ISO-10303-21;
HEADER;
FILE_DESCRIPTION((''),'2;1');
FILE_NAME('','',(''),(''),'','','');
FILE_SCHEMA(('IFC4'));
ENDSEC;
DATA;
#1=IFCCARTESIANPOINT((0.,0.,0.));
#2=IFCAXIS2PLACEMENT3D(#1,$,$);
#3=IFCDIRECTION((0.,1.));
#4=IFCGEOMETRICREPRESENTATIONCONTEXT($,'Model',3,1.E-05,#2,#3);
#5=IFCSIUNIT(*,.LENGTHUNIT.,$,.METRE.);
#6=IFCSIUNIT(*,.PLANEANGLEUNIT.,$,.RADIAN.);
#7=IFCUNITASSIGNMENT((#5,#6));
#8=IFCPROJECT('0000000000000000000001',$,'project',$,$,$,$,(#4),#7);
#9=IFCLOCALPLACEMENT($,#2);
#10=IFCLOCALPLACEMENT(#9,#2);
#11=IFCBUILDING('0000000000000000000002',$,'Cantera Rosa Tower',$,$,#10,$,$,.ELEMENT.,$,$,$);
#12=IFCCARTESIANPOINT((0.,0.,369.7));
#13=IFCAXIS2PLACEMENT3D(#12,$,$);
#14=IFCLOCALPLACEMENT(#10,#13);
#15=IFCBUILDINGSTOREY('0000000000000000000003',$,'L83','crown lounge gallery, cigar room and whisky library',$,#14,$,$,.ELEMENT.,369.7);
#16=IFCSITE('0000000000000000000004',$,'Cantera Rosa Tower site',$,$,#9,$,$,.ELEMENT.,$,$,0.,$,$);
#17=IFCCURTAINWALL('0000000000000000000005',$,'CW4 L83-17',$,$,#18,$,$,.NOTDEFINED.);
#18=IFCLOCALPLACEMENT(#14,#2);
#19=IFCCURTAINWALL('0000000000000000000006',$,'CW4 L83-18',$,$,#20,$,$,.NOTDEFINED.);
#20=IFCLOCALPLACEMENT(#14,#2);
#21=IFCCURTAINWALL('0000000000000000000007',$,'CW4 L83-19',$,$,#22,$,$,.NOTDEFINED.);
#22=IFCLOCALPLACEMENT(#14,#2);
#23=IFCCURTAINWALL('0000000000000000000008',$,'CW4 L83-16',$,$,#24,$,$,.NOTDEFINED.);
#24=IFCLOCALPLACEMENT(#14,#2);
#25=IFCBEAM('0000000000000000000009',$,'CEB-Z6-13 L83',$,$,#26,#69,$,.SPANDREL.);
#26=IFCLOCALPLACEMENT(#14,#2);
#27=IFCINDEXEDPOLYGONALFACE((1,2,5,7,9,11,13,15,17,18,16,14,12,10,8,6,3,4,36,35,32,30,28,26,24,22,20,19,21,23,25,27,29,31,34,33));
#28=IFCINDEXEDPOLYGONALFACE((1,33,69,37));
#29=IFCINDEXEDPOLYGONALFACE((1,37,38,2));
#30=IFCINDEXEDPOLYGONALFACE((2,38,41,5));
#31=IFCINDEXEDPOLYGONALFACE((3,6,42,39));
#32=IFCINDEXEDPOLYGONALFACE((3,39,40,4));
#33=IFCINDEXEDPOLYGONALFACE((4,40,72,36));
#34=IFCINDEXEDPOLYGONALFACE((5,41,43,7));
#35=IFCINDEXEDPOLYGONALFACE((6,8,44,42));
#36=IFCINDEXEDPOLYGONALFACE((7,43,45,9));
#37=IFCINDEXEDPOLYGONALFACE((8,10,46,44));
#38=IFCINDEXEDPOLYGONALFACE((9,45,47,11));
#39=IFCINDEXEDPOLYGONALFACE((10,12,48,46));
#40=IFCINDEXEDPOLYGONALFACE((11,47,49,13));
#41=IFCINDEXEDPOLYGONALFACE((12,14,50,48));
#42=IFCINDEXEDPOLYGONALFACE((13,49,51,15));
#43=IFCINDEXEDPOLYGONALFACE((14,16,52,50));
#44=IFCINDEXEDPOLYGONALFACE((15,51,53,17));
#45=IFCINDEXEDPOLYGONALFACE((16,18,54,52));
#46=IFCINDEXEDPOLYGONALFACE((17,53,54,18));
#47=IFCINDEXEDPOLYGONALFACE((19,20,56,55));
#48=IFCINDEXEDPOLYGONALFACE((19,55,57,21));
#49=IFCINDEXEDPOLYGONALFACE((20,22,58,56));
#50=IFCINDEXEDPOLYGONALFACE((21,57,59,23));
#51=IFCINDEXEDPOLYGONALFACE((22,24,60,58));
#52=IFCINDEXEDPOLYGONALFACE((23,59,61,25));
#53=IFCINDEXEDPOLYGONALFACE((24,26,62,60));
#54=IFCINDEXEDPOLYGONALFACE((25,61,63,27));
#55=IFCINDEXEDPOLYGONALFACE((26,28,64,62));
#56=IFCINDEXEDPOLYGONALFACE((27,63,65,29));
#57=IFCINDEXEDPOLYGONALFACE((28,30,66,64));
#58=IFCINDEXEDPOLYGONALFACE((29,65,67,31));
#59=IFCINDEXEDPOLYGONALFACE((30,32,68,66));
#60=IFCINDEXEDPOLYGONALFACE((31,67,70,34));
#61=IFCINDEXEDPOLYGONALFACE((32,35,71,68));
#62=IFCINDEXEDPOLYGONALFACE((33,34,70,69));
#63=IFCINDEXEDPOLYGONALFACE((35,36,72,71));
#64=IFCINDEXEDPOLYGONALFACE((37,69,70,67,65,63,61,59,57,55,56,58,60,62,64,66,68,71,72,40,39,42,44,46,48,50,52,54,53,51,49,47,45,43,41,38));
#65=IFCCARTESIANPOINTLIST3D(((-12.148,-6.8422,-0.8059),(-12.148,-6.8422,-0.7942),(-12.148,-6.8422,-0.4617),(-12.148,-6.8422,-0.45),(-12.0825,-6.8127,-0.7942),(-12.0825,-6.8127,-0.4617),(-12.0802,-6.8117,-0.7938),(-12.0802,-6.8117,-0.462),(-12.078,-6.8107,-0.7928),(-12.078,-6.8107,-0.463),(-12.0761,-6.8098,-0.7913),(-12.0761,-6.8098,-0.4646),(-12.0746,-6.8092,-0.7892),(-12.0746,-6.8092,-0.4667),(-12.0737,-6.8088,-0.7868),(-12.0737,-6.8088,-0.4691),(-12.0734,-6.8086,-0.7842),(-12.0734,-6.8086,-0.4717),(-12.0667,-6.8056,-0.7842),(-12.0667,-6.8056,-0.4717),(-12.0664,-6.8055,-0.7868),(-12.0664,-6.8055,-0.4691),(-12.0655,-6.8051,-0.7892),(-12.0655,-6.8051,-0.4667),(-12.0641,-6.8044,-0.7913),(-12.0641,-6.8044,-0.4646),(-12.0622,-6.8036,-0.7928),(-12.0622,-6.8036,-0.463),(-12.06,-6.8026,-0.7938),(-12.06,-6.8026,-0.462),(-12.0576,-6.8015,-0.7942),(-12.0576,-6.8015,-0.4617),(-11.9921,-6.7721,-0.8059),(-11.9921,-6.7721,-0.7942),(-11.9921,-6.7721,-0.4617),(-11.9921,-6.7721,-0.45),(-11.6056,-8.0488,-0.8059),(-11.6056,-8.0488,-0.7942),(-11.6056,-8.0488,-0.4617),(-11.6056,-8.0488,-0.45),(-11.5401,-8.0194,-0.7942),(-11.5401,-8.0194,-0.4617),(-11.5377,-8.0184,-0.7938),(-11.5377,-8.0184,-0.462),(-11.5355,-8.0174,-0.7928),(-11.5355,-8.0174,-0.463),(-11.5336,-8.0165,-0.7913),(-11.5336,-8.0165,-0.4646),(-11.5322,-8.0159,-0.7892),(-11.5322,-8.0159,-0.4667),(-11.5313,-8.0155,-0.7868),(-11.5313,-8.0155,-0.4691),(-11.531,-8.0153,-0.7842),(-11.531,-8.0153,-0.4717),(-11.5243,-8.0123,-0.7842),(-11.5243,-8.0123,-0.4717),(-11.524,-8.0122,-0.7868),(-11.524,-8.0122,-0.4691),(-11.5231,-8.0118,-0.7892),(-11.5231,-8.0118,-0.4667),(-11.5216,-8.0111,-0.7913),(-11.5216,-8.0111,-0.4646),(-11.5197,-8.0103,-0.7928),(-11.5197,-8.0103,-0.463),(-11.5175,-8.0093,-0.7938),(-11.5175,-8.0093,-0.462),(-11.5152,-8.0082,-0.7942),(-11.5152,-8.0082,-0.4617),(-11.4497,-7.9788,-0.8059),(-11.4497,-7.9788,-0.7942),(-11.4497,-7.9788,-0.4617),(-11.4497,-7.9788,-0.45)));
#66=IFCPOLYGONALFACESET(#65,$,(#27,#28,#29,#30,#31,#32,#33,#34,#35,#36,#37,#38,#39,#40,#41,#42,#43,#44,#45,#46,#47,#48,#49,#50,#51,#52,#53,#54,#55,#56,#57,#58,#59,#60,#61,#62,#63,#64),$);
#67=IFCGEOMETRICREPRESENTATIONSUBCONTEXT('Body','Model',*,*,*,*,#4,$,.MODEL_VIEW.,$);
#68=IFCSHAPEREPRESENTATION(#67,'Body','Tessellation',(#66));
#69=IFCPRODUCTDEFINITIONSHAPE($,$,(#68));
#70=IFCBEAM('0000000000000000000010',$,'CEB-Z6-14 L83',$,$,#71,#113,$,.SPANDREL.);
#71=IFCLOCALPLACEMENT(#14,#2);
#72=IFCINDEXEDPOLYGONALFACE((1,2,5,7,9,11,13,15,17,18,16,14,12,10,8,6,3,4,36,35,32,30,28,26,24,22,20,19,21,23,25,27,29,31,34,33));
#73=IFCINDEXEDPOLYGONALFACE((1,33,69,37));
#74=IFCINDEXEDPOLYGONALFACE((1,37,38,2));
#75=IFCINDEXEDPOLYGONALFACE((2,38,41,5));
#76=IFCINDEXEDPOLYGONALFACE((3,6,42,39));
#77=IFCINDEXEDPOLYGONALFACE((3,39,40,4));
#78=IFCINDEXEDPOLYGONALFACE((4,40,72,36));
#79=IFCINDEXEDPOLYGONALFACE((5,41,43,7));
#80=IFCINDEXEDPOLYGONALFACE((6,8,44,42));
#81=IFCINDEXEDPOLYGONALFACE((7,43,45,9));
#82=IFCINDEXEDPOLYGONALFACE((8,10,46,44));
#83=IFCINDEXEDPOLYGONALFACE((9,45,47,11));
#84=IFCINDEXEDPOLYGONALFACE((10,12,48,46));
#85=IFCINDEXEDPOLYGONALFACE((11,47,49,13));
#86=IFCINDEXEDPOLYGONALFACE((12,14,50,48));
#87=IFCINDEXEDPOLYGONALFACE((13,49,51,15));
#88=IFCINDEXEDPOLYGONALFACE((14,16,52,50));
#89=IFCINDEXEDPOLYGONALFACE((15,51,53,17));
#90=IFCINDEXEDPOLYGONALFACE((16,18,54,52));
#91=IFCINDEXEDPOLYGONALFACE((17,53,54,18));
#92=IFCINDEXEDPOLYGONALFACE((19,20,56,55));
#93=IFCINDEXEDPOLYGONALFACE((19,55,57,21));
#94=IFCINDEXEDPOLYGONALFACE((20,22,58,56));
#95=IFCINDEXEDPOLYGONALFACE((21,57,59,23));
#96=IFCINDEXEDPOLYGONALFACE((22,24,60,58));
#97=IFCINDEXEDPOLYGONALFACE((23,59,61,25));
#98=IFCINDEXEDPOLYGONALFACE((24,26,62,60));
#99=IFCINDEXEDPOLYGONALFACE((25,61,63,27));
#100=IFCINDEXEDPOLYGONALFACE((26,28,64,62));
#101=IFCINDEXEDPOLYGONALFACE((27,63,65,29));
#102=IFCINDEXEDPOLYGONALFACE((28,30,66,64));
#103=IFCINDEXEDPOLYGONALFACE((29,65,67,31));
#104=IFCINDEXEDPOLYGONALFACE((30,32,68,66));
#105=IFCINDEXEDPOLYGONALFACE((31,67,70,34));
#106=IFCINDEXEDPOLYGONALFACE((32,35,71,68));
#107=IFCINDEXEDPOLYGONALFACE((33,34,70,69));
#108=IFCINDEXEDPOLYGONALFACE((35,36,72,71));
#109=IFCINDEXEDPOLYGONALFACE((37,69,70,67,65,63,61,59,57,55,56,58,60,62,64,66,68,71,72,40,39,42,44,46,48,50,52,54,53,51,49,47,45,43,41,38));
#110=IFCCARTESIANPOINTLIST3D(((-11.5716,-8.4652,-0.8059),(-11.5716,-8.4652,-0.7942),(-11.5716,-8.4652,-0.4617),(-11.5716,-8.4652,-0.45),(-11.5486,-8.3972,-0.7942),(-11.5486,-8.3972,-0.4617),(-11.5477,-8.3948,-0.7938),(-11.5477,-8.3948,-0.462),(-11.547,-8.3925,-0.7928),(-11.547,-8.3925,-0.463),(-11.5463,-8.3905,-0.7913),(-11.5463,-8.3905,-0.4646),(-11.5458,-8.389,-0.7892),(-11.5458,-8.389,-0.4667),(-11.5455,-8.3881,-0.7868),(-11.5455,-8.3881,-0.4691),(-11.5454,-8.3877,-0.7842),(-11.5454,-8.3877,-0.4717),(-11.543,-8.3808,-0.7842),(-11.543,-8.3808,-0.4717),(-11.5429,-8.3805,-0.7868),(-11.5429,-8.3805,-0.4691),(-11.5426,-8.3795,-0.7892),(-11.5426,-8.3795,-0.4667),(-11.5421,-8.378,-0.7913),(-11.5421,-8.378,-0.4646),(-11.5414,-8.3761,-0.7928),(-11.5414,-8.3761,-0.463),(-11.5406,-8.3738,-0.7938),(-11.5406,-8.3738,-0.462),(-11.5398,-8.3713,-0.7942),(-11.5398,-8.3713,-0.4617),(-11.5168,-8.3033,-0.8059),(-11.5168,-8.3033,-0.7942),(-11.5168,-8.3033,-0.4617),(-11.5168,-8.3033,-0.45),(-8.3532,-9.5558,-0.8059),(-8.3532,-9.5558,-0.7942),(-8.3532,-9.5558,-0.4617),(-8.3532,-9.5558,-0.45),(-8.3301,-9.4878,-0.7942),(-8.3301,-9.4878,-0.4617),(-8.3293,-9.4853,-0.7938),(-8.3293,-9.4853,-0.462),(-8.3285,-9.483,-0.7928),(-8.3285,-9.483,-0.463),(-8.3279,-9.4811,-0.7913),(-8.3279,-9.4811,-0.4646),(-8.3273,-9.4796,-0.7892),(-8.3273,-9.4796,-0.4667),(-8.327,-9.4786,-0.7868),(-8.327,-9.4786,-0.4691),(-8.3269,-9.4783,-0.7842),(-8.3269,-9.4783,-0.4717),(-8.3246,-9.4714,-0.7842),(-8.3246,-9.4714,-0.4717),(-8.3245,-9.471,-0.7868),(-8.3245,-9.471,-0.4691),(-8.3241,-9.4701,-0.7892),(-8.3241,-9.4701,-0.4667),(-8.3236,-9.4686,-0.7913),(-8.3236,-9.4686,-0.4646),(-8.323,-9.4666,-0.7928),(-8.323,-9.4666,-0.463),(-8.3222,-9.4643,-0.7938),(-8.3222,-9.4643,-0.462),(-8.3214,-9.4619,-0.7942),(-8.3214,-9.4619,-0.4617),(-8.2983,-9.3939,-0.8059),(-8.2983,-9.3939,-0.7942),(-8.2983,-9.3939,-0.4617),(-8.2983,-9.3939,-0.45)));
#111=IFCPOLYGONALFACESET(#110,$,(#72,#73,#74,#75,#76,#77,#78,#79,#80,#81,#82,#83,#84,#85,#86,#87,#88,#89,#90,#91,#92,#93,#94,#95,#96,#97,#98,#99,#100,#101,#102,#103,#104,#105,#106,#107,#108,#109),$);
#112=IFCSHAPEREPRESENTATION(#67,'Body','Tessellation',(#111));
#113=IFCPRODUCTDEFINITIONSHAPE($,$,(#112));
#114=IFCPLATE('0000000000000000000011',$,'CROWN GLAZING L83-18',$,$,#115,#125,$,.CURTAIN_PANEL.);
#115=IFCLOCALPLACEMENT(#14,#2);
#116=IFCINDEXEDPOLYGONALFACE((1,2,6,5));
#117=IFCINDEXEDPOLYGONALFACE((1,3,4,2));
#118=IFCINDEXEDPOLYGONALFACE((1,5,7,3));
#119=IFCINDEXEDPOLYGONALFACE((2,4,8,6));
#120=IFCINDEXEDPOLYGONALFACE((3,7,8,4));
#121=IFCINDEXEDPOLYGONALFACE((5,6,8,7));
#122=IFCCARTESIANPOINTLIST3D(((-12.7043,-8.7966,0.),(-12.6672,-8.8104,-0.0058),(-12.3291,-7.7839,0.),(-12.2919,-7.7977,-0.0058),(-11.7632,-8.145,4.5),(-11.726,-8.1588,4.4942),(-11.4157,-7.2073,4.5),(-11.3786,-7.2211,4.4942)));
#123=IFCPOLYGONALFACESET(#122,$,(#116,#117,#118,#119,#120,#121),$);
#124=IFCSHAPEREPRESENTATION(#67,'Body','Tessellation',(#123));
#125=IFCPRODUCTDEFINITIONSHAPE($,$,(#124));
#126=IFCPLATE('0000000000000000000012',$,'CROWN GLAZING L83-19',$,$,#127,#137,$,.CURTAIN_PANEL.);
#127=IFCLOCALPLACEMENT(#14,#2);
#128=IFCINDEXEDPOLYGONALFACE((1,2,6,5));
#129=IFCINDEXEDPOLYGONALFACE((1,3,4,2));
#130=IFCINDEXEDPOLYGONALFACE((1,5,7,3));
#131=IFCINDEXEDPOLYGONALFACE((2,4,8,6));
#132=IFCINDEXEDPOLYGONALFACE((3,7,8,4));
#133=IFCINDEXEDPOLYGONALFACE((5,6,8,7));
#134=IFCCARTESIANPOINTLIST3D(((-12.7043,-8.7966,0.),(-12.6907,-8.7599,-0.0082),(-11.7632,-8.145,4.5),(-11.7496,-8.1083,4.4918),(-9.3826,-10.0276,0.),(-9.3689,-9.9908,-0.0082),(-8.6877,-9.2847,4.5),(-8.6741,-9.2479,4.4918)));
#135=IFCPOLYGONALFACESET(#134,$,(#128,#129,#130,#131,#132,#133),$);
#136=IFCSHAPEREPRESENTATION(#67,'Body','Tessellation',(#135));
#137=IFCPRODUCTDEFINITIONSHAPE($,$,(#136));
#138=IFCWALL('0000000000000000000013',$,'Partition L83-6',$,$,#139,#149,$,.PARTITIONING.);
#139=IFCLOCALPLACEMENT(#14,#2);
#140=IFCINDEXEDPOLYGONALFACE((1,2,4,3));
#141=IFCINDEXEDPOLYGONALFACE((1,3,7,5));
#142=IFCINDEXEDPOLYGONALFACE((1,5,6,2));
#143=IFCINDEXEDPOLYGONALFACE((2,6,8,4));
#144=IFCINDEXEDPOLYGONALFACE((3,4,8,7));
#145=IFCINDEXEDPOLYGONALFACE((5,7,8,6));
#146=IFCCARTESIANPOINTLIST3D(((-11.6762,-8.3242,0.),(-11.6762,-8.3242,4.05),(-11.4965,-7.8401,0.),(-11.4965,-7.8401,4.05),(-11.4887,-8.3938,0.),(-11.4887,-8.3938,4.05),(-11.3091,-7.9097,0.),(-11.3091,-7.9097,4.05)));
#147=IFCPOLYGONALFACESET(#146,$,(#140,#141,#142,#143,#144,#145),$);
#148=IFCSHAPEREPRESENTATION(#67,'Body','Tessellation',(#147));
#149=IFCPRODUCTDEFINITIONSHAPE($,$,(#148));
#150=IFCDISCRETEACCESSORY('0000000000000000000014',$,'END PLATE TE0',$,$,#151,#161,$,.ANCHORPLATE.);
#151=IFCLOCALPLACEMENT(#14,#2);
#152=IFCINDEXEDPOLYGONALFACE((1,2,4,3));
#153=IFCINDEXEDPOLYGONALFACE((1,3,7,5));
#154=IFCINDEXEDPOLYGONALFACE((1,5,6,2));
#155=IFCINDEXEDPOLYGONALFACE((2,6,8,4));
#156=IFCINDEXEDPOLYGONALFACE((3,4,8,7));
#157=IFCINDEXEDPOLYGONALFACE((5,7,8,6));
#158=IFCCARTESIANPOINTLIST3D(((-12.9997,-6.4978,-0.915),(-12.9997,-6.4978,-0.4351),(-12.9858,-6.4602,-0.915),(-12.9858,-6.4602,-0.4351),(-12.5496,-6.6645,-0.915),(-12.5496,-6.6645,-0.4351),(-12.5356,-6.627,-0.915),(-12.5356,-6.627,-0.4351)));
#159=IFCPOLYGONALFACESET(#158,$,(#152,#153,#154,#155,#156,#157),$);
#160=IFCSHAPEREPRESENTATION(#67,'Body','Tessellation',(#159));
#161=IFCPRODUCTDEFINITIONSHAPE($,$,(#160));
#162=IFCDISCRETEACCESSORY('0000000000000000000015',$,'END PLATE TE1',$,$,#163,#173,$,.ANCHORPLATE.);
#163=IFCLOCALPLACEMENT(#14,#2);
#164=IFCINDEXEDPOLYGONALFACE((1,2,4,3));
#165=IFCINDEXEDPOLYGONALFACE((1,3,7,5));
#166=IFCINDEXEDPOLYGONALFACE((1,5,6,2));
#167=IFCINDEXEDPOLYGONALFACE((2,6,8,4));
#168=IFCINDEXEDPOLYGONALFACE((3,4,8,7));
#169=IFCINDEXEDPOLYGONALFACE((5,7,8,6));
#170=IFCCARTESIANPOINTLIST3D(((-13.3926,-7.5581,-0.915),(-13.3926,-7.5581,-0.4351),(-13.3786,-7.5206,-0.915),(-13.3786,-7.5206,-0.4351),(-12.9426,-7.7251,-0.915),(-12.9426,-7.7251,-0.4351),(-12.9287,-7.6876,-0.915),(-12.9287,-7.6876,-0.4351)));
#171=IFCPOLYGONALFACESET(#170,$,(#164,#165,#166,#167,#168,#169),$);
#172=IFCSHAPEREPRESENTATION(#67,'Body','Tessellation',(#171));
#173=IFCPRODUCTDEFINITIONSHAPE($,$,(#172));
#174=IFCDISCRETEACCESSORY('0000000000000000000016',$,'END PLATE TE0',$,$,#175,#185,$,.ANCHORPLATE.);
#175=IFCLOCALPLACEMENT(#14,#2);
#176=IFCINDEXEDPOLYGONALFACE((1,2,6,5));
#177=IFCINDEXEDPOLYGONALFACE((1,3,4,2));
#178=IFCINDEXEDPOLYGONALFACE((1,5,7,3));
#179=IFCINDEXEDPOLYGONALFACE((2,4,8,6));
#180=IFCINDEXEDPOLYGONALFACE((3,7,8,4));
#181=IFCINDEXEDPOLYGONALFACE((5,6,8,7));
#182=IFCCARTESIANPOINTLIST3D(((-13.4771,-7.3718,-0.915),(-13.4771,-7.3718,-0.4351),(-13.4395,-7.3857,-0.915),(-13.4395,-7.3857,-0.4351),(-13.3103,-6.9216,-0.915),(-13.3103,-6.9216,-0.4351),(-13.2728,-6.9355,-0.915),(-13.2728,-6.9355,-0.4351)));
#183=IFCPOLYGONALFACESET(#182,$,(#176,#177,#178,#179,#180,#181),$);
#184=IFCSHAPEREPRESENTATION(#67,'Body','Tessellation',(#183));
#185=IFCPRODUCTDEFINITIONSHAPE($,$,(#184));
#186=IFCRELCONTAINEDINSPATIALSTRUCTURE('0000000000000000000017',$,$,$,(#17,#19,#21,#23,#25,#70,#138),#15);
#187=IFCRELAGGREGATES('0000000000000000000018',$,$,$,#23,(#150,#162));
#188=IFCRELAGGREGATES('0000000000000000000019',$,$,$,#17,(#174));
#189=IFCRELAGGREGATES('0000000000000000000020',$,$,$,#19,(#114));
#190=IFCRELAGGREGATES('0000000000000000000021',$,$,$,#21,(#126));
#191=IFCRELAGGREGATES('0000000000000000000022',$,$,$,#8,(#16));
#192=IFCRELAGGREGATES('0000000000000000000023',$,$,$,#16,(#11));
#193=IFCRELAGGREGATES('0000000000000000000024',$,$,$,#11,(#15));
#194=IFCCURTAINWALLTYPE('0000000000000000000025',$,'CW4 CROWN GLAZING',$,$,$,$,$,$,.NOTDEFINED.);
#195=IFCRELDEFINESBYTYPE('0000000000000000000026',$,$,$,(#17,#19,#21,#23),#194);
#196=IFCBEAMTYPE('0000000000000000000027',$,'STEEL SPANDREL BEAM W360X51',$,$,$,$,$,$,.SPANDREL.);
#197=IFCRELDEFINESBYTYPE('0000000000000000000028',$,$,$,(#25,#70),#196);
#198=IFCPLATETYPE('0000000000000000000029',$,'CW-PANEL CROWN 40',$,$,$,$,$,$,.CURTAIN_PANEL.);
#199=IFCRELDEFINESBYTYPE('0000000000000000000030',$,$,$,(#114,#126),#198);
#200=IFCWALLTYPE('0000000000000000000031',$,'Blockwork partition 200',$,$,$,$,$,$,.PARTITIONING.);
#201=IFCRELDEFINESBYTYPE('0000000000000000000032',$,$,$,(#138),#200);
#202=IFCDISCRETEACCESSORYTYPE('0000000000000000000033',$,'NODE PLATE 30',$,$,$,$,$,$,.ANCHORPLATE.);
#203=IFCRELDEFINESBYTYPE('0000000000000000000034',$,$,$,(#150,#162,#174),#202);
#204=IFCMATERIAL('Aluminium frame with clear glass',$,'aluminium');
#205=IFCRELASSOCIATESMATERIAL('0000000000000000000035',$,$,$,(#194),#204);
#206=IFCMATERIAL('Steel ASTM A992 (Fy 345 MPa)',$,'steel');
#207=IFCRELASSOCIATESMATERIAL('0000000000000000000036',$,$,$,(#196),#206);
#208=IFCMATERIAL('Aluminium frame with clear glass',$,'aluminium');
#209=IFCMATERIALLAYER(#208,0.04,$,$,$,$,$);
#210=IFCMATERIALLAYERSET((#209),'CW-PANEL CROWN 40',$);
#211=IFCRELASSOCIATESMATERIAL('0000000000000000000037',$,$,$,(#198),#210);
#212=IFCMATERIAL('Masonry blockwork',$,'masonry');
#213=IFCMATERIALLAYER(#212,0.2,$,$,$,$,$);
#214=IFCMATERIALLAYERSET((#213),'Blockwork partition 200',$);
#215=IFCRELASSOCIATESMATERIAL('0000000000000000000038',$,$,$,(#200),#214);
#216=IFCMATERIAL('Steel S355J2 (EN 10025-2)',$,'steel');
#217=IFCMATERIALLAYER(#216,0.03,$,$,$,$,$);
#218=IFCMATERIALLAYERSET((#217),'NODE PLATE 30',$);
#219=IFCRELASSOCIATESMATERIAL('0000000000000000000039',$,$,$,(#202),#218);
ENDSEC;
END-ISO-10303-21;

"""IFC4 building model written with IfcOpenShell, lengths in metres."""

from ifc_helpers import new_model, si_unit, direction, frame, frame_2d, origin, origin_2d, place, context, subcontext, project, spatial, polyline, rectangle, i_section, outline, extrude, material, layer, layer_set, material_profile, profile_set, type_object, element, aggregate, save


model = new_model("IFC4")

# Units and contexts
model_context = context("Model", 3, precision=1e-05, world=origin(), true_north=direction((0.0, 1.0)))
body_context = subcontext(model_context, "Body", "Model", "MODEL_VIEW")
ifc_project = project(units=[si_unit("LENGTHUNIT", "METRE"), si_unit("PLANEANGLEUNIT", "RADIAN")], contexts=[model_context])

# Site, building, storey
site_placement = place(None, origin())
site = spatial("IfcSite", under=ifc_project, at=site_placement, Name="Cantera Rosa Tower site", CompositionType="ELEMENT", RefElevation=0.0)
building_placement = place(site_placement, origin())
building = spatial("IfcBuilding", under=site, at=building_placement, Name="Cantera Rosa Tower", CompositionType="ELEMENT")
storey_placement = place(building_placement, frame((0.0, 0.0, 369.7)))
storey = spatial("IfcBuildingStorey", under=building, at=storey_placement, Name="L83", Description="crown lounge gallery, cigar room and whisky library", CompositionType="ELEMENT", Elevation=369.7)

# Curtain walls
ifc_material_1 = material(Name="Aluminium frame with clear glass", Category="aluminium")
curtain_wall_type = type_object("IfcCurtainWallType", Name="CW4 CROWN GLAZING", PredefinedType="NOTDEFINED", material=ifc_material_1)
curtain_wall_1_placement = place(storey_placement, origin())
curtain_wall_1 = element("IfcCurtainWall", 1, at=curtain_wall_1_placement, inside=storey, type_object=curtain_wall_type, Name="CW4 L83-17", PredefinedType="NOTDEFINED")
curtain_wall_2_placement = place(storey_placement, origin())
curtain_wall_2 = element("IfcCurtainWall", 2, at=curtain_wall_2_placement, inside=storey, type_object=curtain_wall_type, Name="CW4 L83-18", PredefinedType="NOTDEFINED")
curtain_wall_3_placement = place(storey_placement, origin())
curtain_wall_3 = element("IfcCurtainWall", 3, at=curtain_wall_3_placement, inside=storey, type_object=curtain_wall_type, Name="CW4 L83-19", PredefinedType="NOTDEFINED")
curtain_wall_4_placement = place(storey_placement, origin())
curtain_wall_4 = element("IfcCurtainWall", 4, at=curtain_wall_4_placement, inside=storey, type_object=curtain_wall_type, Name="CW4 L83-16", PredefinedType="NOTDEFINED")

# Beams
ifc_material_2 = material(Name="Steel ASTM A992 (Fy 345 MPa)", Category="steel")
ifc_material_profile_1 = material_profile(ifc_material_2, i_section(OverallWidth=0.1709, OverallDepth=0.356, WebThickness=0.0073, FlangeThickness=0.0117, FilletRadius=0.01, at=origin_2d()), Name="W360X51")
ifc_profile_set_1 = profile_set([ifc_material_profile_1], Name="Steel ASTM A992 (Fy 345 MPa)")
beam_type_1 = type_object("IfcBeamType", Name="STEEL SPANDREL BEAM W360X51", PredefinedType="SPANDREL", material=ifc_profile_set_1)
beam_1_placement = place(storey_placement, frame((-12.0701, -6.8071, -0.6279), z_axis=(0.410004, -0.912084, 0.0), x_axis=(0.912084, 0.410004, 0.0)))
element("IfcBeam", 5, at=beam_1_placement, inside=storey, type_object=beam_type_1, Name="CEB-Z6-13 L83", PredefinedType="SPANDREL", context=body_context, shape_type="SweptSolid", body=[
    extrude(i_section(OverallWidth=0.1709, OverallDepth=0.356, WebThickness=0.0073, FlangeThickness=0.0117, FilletRadius=0.01, at=origin_2d()), origin(), (0.0, 0.0, 1.0), 1.323),
])
beam_2_placement = place(storey_placement, frame((-11.5442, -8.3843, -0.6279), z_axis=(0.947105, -0.320922, 0.0), x_axis=(0.320922, 0.947105, 0.0)))
element("IfcBeam", 6, at=beam_2_placement, inside=storey, type_object=beam_type_1, Name="CEB-Z6-14 L83", PredefinedType="SPANDREL", context=body_context, shape_type="SweptSolid", body=[
    extrude(i_section(OverallWidth=0.1709, OverallDepth=0.356, WebThickness=0.0073, FlangeThickness=0.0117, FilletRadius=0.01, at=origin_2d()), origin(), (0.0, 0.0, 1.0), 3.3982),
])

# Plates
ifc_material_3 = material(Name="Aluminium frame with clear glass", Category="aluminium")
ifc_layer_1 = layer(ifc_material_3, 0.04)
ifc_layer_set_1 = layer_set([ifc_layer_1], Name="CW-PANEL CROWN 40")
plate_type = type_object("IfcPlateType", Name="CW-PANEL CROWN 40", PredefinedType="CURTAIN_PANEL", material=ifc_layer_set_1)
plate_1_placement = place(storey_placement, frame((-12.3291, -7.7839, 0.0), z_axis=(-0.927895, 0.343794, 0.144278), x_axis=(-0.34743, -0.937706, -0.000004)))
plate_1 = element("IfcPlate", 7, at=plate_1_placement, type_object=plate_type, Name="CROWN GLAZING L83-18", PredefinedType="CURTAIN_PANEL", context=body_context, shape_type="SweptSolid", body=[
    extrude(outline(polyline([(0.0, 0.0), (1.08, 0.0), (0.142, 4.5476), (-0.8581, 4.5476), (0.0, 0.0)])), origin(), (0.0, 0.0, -1.0), 0.04),
])
plate_2_placement = place(storey_placement, frame((-12.7043, -8.7966, 0.0), z_axis=(-0.340165, -0.917956, 0.204069), x_axis=(0.937688, -0.347478, -0.000001)))
plate_2 = element("IfcPlate", 8, at=plate_2_placement, type_object=plate_type, Name="CROWN GLAZING L83-19", PredefinedType="CURTAIN_PANEL", context=body_context, shape_type="SweptSolid", body=[
    extrude(outline(polyline([(0.0, 0.0), (3.5425, 0.0), (3.9359, 4.5967), (0.6561, 4.5967), (0.0, 0.0)])), origin(), (0.0, 0.0, -1.0), 0.04),
])

# Wall
ifc_material_4 = material(Name="Masonry blockwork", Category="masonry")
ifc_layer_2 = layer(ifc_material_4, 0.2)
ifc_layer_set_2 = layer_set([ifc_layer_2], Name="Blockwork partition 200")
wall_type = type_object("IfcWallType", Name="Blockwork partition 200", PredefinedType="PARTITIONING", material=ifc_layer_set_2)
wall_placement = place(storey_placement, frame((-11.5825, -8.3591, 0.0), z_axis=(0.0, 0.0, 1.0), x_axis=(0.347961, 0.937509, 0.0)))
element("IfcWall", 9, at=wall_placement, inside=storey, type_object=wall_type, Name="Partition L83-6", PredefinedType="PARTITIONING", context=body_context, shape_type="SweptSolid", body=[
    extrude(rectangle(XDim=0.5164, YDim=0.2, at=frame_2d((0.2583, 0.0))), origin(), (0.0, 0.0, 1.0), 4.05),
])

# Discrete accessories
ifc_material_5 = material(Name="Steel S355J2 (EN 10025-2)", Category="steel")
ifc_layer_3 = layer(ifc_material_5, 0.03)
ifc_layer_set_3 = layer_set([ifc_layer_3], Name="NODE PLATE 30")
discrete_accessory_type = type_object("IfcDiscreteAccessoryType", Name="NODE PLATE 30", PredefinedType="ANCHORPLATE", material=ifc_layer_set_3)
discrete_accessory_1_placement = place(storey_placement, frame((-12.9858, -6.4602, -0.4351), z_axis=(0.347331, 0.937743, 0.0), x_axis=(0.937743, -0.347331, 0.0)))
discrete_accessory_1 = element("IfcDiscreteAccessory", 10, at=discrete_accessory_1_placement, type_object=discrete_accessory_type, Name="END PLATE TE0", PredefinedType="ANCHORPLATE", context=body_context, shape_type="SweptSolid", body=[
    extrude(outline(polyline([(0.0, 0.0), (0.4801, 0.0), (0.4801, 0.48), (0.0, 0.48), (0.0, 0.0)])), origin(), (0.0, 0.0, -1.0), 0.04),
])
discrete_accessory_2_placement = place(storey_placement, frame((-12.9426, -7.7251, -0.4351), z_axis=(-0.347944, -0.937515, 0.0), x_axis=(-0.937515, 0.347944, 0.0)))
discrete_accessory_2 = element("IfcDiscreteAccessory", 11, at=discrete_accessory_2_placement, type_object=discrete_accessory_type, Name="END PLATE TE1", PredefinedType="ANCHORPLATE", context=body_context, shape_type="SweptSolid", body=[
    extrude(outline(polyline([(0.0, 0.0), (0.4799, 0.0), (0.4799, 0.48), (0.0, 0.48), (0.0, 0.0)])), origin(), (0.0, 0.0, -1.0), 0.04),
])
aggregate(curtain_wall_4, [discrete_accessory_1, discrete_accessory_2])
discrete_accessory_3_placement = place(storey_placement, frame((-13.4771, -7.3718, -0.4351), z_axis=(-0.937743, 0.347331, 0.0), x_axis=(0.347331, 0.937743, 0.0)))
discrete_accessory_3 = element("IfcDiscreteAccessory", 12, at=discrete_accessory_3_placement, type_object=discrete_accessory_type, Name="END PLATE TE0", PredefinedType="ANCHORPLATE", context=body_context, shape_type="SweptSolid", body=[
    extrude(outline(polyline([(0.0, 0.0), (0.4801, 0.0), (0.4801, 0.48), (0.0, 0.48), (0.0, 0.0)])), origin(), (0.0, 0.0, -1.0), 0.04),
])
aggregate(curtain_wall_1, [discrete_accessory_3])
aggregate(curtain_wall_2, [plate_1])
aggregate(curtain_wall_3, [plate_2])

save(model, "model.ifc")
